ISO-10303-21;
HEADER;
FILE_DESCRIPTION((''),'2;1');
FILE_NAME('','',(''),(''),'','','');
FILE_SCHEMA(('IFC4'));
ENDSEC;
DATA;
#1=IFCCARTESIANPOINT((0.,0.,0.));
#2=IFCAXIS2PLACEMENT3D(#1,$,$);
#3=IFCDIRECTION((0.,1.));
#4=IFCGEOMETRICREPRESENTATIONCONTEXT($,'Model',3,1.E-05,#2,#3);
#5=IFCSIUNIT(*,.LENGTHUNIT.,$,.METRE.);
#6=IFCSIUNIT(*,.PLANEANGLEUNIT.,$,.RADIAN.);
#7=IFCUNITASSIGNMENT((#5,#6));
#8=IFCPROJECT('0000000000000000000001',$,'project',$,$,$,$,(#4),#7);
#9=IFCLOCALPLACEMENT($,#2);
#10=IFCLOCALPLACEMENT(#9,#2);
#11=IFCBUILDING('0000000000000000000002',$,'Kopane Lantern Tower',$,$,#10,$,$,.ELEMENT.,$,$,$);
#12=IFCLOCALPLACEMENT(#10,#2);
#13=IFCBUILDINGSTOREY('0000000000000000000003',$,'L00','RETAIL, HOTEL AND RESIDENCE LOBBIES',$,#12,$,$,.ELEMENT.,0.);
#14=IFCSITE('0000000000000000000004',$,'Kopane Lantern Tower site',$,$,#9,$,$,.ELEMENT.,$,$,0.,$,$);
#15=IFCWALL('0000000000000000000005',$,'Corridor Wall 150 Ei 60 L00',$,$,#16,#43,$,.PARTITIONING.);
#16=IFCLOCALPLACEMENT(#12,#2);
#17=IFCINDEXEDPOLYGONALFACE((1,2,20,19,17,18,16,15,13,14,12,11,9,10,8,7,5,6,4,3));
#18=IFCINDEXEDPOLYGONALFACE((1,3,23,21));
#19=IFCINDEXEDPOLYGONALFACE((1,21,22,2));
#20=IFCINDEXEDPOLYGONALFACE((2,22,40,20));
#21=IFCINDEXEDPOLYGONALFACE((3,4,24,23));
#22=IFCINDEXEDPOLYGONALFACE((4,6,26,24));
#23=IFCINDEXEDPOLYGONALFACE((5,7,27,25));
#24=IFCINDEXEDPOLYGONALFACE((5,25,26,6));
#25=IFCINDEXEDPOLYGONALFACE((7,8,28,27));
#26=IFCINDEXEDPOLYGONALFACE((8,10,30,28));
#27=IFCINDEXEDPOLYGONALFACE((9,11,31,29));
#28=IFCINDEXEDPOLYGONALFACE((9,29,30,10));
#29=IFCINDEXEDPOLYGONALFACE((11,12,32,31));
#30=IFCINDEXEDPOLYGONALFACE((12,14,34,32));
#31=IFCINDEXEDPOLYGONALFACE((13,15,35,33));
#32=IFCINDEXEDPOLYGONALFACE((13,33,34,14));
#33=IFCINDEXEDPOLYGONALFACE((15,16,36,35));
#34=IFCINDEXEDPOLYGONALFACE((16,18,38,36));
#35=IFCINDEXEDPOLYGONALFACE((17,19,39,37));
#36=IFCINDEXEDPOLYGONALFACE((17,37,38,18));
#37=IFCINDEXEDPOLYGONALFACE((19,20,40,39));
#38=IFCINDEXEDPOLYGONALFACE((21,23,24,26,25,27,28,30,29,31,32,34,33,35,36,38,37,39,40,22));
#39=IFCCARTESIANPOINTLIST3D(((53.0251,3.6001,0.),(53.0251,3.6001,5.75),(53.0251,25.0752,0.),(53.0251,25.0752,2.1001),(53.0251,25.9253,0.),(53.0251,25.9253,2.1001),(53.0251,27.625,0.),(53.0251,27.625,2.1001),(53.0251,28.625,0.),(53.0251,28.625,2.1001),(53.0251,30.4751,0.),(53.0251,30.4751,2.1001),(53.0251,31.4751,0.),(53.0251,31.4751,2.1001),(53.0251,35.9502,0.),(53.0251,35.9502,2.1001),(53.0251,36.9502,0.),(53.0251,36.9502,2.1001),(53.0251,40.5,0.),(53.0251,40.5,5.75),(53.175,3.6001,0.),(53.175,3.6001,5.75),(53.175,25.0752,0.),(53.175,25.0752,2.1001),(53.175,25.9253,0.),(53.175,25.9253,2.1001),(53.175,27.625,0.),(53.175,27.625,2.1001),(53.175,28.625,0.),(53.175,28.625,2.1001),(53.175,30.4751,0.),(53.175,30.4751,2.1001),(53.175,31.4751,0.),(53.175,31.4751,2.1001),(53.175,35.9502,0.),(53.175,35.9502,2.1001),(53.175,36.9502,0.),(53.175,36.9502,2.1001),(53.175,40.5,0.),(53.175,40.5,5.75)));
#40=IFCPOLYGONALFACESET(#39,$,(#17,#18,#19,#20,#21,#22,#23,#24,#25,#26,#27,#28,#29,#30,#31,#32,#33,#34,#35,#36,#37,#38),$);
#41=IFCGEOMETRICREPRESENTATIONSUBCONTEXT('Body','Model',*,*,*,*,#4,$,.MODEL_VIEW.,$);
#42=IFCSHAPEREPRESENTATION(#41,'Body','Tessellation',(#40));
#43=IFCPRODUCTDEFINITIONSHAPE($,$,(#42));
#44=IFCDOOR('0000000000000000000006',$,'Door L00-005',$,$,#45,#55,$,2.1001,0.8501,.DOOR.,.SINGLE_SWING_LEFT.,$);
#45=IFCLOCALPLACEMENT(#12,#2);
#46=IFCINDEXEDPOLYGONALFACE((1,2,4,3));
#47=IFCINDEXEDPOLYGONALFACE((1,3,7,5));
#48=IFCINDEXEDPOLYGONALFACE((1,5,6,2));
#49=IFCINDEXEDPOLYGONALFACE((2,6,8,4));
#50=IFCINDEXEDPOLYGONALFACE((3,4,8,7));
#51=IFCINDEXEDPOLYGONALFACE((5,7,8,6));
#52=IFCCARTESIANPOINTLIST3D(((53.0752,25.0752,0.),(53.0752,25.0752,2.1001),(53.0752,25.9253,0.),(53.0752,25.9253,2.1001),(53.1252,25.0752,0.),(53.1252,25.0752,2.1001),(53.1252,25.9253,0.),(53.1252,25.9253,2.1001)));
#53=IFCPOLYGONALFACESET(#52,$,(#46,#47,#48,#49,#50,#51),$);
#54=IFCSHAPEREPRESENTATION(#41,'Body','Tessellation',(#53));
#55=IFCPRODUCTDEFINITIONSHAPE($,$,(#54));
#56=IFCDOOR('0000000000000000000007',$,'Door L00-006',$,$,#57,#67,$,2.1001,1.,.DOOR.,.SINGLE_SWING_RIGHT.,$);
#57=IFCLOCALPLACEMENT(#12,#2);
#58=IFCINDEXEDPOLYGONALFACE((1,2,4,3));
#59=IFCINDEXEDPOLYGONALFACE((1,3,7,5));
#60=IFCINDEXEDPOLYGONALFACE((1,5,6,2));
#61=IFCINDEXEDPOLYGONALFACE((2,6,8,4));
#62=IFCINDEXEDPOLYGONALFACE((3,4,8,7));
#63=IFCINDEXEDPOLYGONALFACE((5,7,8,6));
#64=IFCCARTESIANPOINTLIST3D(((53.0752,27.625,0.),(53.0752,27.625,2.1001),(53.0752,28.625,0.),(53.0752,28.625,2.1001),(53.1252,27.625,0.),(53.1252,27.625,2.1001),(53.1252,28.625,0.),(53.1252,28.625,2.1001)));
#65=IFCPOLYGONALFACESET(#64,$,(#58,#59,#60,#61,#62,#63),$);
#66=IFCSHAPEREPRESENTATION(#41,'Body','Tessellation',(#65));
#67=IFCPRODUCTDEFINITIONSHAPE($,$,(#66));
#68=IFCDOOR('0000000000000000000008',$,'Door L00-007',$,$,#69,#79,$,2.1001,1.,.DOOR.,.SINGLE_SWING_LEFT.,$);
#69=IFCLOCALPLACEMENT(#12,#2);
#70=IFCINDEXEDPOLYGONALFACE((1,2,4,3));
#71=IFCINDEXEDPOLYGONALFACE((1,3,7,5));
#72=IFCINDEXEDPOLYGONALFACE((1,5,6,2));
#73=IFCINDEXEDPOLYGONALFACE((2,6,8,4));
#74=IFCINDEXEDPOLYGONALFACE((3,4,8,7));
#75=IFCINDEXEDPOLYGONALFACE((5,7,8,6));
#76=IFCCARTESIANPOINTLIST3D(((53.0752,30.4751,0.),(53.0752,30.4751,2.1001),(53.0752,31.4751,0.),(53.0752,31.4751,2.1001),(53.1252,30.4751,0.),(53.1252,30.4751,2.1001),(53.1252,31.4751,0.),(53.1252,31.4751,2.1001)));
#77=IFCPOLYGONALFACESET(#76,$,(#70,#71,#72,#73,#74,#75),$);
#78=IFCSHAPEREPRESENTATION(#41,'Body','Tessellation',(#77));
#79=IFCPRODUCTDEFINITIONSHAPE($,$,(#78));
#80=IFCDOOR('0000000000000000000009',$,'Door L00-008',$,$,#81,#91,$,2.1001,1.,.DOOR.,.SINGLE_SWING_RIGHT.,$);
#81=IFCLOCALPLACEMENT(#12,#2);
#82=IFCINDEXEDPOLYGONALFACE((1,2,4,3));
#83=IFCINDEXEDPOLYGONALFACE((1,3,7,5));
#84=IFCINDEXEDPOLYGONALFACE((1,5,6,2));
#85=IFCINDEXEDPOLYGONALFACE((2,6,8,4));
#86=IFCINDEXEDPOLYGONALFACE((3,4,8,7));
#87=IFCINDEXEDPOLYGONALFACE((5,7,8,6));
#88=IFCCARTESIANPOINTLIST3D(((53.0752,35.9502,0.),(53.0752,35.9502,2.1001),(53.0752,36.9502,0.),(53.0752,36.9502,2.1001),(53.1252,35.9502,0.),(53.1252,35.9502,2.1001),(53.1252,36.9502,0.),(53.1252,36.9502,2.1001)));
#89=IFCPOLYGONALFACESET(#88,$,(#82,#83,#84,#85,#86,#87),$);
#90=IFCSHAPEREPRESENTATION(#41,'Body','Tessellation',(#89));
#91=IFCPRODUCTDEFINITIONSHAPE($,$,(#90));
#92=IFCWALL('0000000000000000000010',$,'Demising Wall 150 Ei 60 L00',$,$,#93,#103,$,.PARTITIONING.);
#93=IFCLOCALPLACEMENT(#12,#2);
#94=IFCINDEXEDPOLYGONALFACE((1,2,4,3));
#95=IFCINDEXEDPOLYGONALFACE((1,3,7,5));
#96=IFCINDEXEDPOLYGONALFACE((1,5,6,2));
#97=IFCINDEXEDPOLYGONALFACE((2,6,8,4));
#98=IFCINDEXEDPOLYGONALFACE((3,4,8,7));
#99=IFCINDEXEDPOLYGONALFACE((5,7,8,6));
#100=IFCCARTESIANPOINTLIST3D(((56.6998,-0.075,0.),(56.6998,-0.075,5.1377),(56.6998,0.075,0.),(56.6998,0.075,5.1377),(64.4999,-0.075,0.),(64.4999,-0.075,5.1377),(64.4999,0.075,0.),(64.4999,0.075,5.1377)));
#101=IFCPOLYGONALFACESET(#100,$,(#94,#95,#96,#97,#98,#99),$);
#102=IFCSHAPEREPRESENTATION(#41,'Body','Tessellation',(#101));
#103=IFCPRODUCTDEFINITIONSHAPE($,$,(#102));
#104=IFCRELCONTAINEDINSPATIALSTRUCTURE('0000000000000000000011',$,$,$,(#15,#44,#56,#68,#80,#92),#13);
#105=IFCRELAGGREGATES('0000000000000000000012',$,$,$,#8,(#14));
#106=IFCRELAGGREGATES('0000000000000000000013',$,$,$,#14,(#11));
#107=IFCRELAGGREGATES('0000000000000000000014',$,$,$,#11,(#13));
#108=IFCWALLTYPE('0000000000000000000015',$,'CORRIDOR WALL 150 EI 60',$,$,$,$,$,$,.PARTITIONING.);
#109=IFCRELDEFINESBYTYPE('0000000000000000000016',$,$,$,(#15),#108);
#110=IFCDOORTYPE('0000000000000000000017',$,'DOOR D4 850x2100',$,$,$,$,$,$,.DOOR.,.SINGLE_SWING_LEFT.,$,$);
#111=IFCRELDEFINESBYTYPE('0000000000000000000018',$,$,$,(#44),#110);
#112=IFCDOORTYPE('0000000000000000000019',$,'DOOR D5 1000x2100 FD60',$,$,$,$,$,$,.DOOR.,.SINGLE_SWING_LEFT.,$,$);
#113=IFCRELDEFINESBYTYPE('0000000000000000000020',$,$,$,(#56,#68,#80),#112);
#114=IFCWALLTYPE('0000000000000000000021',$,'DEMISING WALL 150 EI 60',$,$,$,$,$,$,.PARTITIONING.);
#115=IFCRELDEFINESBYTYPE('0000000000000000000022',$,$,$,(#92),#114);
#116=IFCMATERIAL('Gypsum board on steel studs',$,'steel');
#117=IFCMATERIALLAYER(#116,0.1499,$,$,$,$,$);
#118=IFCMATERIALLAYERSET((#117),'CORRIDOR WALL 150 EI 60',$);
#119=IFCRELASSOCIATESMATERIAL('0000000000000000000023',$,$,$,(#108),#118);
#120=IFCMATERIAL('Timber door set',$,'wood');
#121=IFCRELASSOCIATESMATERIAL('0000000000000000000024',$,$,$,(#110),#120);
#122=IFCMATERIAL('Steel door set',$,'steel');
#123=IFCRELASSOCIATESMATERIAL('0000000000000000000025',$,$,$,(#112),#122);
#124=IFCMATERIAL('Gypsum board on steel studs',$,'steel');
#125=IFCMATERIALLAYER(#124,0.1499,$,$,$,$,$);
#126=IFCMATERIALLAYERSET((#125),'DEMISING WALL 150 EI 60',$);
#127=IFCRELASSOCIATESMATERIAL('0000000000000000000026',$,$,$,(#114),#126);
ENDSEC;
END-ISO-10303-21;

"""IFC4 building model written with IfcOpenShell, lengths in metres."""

from ifc_helpers import new_model, si_unit, direction, frame, frame_2d, origin, place, context, subcontext, project, spatial, rectangle, extrude, material, layer, layer_set, type_object, element, fill, save


model = new_model("IFC4")

# Units and contexts
model_context = context("Model", 3, precision=1e-05, world=origin(), true_north=direction((0.0, 1.0)))
body_context = subcontext(model_context, "Body", "Model", "MODEL_VIEW")
ifc_project = project(units=[si_unit("LENGTHUNIT", "METRE"), si_unit("PLANEANGLEUNIT", "RADIAN")], contexts=[model_context])

# Site, building, storey
site_placement = place(None, origin())
site = spatial("IfcSite", under=ifc_project, at=site_placement, Name="Kopane Lantern Tower site", CompositionType="ELEMENT", RefElevation=0.0)
building_placement = place(site_placement, origin())
building = spatial("IfcBuilding", under=site, at=building_placement, Name="Kopane Lantern Tower", CompositionType="ELEMENT")
storey_placement = place(building_placement, origin())
storey = spatial("IfcBuildingStorey", under=building, at=storey_placement, Name="L00", Description="RETAIL, HOTEL AND RESIDENCE LOBBIES", CompositionType="ELEMENT", Elevation=0.0)

# Shared definitions
ifc_material_1 = material(Name="Gypsum board on steel studs", Category="steel")
ifc_layer_1 = layer(ifc_material_1, 0.1499)
ifc_layer_set_1 = layer_set([ifc_layer_1], Name="CORRIDOR WALL 150 EI 60")
wall_type_1 = type_object("IfcWallType", Name="CORRIDOR WALL 150 EI 60", PredefinedType="PARTITIONING", material=ifc_layer_set_1)

# Wall, openings, doors
wall_1_placement = place(storey_placement, frame((53.1001, 3.6001, 0.0), z_axis=(0.0, 0.0, 1.0), x_axis=(0.0, 1.0, 0.0)))
wall_1 = element("IfcWall", 1, at=wall_1_placement, inside=storey, type_object=wall_type_1, Name="Corridor Wall 150 Ei 60 L00", PredefinedType="PARTITIONING", context=body_context, shape_type="SweptSolid", body=[
    extrude(rectangle(XDim=36.8999, YDim=0.1499, at=frame_2d((18.45, 0.0))), origin(), (0.0, 0.0, 1.0), 5.75),
])
opening_1_placement = place(wall_1_placement, frame((21.4751, 0.0, 0.0)))
opening_1 = element("IfcOpeningElement", 2, at=opening_1_placement, cuts=wall_1, PredefinedType="OPENING", context=body_context, shape_type="SweptSolid", body=[
    extrude(rectangle(XDim=0.8501, YDim=2.1001, at=frame_2d((0.425, 1.05))), frame((0.0, 0.085, 0.0), z_axis=(0.0, -1.0, 0.0), x_axis=(1.0, 0.0, 0.0)), (0.0, 0.0, 1.0), 0.1699),
])
opening_2_placement = place(wall_1_placement, frame((24.0249, 0.0, 0.0)))
opening_2 = element("IfcOpeningElement", 3, at=opening_2_placement, cuts=wall_1, PredefinedType="OPENING", context=body_context, shape_type="SweptSolid", body=[
    extrude(rectangle(XDim=1.0, YDim=2.1001, at=frame_2d((0.5, 1.05))), frame((0.0, 0.085, 0.0), z_axis=(0.0, -1.0, 0.0), x_axis=(1.0, 0.0, 0.0)), (0.0, 0.0, 1.0), 0.1699),
])
opening_3_placement = place(wall_1_placement, frame((26.875, 0.0, 0.0)))
opening_3 = element("IfcOpeningElement", 4, at=opening_3_placement, cuts=wall_1, PredefinedType="OPENING", context=body_context, shape_type="SweptSolid", body=[
    extrude(rectangle(XDim=1.0, YDim=2.1001, at=frame_2d((0.5, 1.05))), frame((0.0, 0.085, 0.0), z_axis=(0.0, -1.0, 0.0), x_axis=(1.0, 0.0, 0.0)), (0.0, 0.0, 1.0), 0.1699),
])
opening_4_placement = place(wall_1_placement, frame((32.3501, 0.0, 0.0)))
opening_4 = element("IfcOpeningElement", 5, at=opening_4_placement, cuts=wall_1, PredefinedType="OPENING", context=body_context, shape_type="SweptSolid", body=[
    extrude(rectangle(XDim=1.0, YDim=2.1001, at=frame_2d((0.5, 1.05))), frame((0.0, 0.085, 0.0), z_axis=(0.0, -1.0, 0.0), x_axis=(1.0, 0.0, 0.0)), (0.0, 0.0, 1.0), 0.1699),
])
ifc_material_2 = material(Name="Timber door set", Category="wood")
door_type_1 = type_object("IfcDoorType", Name="DOOR D4 850x2100", OperationType="SINGLE_SWING_LEFT", PredefinedType="DOOR", material=ifc_material_2)
door_1_placement = place(opening_1_placement, origin())
door_1 = element("IfcDoor", 6, at=door_1_placement, inside=storey, type_object=door_type_1, Name="Door L00-005", OperationType="SINGLE_SWING_LEFT", OverallHeight=2.1001, OverallWidth=0.8501, PredefinedType="DOOR", context=body_context, shape_type="SweptSolid", body=[
    extrude(rectangle(XDim=0.8501, YDim=2.1001, at=frame_2d((0.425, 1.05))), frame((0.0, 0.0249, 0.0), z_axis=(0.0, -1.0, 0.0), x_axis=(1.0, 0.0, 0.0)), (0.0, 0.0, 1.0), 0.05),
])
fill(opening_1, door_1)
ifc_material_3 = material(Name="Steel door set", Category="steel")
door_type_2 = type_object("IfcDoorType", Name="DOOR D5 1000x2100 FD60", OperationType="SINGLE_SWING_LEFT", PredefinedType="DOOR", material=ifc_material_3)
door_2_placement = place(opening_2_placement, origin())
door_2 = element("IfcDoor", 7, at=door_2_placement, inside=storey, type_object=door_type_2, Name="Door L00-006", OperationType="SINGLE_SWING_RIGHT", OverallHeight=2.1001, OverallWidth=1.0, PredefinedType="DOOR", context=body_context, shape_type="SweptSolid", body=[
    extrude(rectangle(XDim=1.0, YDim=2.1001, at=frame_2d((0.5, 1.05))), frame((0.0, 0.0249, 0.0), z_axis=(0.0, -1.0, 0.0), x_axis=(1.0, 0.0, 0.0)), (0.0, 0.0, 1.0), 0.05),
])
fill(opening_2, door_2)
door_3_placement = place(opening_3_placement, origin())
door_3 = element("IfcDoor", 8, at=door_3_placement, inside=storey, type_object=door_type_2, Name="Door L00-007", OperationType="SINGLE_SWING_LEFT", OverallHeight=2.1001, OverallWidth=1.0, PredefinedType="DOOR", context=body_context, shape_type="SweptSolid", body=[
    extrude(rectangle(XDim=1.0, YDim=2.1001, at=frame_2d((0.5, 1.05))), frame((0.0, 0.0249, 0.0), z_axis=(0.0, -1.0, 0.0), x_axis=(1.0, 0.0, 0.0)), (0.0, 0.0, 1.0), 0.05),
])
fill(opening_3, door_3)
door_4_placement = place(opening_4_placement, origin())
door_4 = element("IfcDoor", 9, at=door_4_placement, inside=storey, type_object=door_type_2, Name="Door L00-008", OperationType="SINGLE_SWING_RIGHT", OverallHeight=2.1001, OverallWidth=1.0, PredefinedType="DOOR", context=body_context, shape_type="SweptSolid", body=[
    extrude(rectangle(XDim=1.0, YDim=2.1001, at=frame_2d((0.5, 1.05))), frame((0.0, 0.0249, 0.0), z_axis=(0.0, -1.0, 0.0), x_axis=(1.0, 0.0, 0.0)), (0.0, 0.0, 1.0), 0.05),
])
fill(opening_4, door_4)

# Wall
ifc_material_4 = material(Name="Gypsum board on steel studs", Category="steel")
ifc_layer_2 = layer(ifc_material_4, 0.1499)
ifc_layer_set_2 = layer_set([ifc_layer_2], Name="DEMISING WALL 150 EI 60")
wall_type_2 = type_object("IfcWallType", Name="DEMISING WALL 150 EI 60", PredefinedType="PARTITIONING", material=ifc_layer_set_2)
wall_2_placement = place(storey_placement, frame((56.7, 0.0, 0.0), z_axis=(0.0, 0.0, 1.0), x_axis=(1.0, 0.0, 0.0)))
element("IfcWall", 10, at=wall_2_placement, inside=storey, type_object=wall_type_2, Name="Demising Wall 150 Ei 60 L00", PredefinedType="PARTITIONING", context=body_context, shape_type="SweptSolid", body=[
    extrude(rectangle(XDim=7.8, YDim=0.1499, at=frame_2d((3.8999, 0.0))), origin(), (0.0, 0.0, 1.0), 5.1377),
])

save(model, "model.ifc")
